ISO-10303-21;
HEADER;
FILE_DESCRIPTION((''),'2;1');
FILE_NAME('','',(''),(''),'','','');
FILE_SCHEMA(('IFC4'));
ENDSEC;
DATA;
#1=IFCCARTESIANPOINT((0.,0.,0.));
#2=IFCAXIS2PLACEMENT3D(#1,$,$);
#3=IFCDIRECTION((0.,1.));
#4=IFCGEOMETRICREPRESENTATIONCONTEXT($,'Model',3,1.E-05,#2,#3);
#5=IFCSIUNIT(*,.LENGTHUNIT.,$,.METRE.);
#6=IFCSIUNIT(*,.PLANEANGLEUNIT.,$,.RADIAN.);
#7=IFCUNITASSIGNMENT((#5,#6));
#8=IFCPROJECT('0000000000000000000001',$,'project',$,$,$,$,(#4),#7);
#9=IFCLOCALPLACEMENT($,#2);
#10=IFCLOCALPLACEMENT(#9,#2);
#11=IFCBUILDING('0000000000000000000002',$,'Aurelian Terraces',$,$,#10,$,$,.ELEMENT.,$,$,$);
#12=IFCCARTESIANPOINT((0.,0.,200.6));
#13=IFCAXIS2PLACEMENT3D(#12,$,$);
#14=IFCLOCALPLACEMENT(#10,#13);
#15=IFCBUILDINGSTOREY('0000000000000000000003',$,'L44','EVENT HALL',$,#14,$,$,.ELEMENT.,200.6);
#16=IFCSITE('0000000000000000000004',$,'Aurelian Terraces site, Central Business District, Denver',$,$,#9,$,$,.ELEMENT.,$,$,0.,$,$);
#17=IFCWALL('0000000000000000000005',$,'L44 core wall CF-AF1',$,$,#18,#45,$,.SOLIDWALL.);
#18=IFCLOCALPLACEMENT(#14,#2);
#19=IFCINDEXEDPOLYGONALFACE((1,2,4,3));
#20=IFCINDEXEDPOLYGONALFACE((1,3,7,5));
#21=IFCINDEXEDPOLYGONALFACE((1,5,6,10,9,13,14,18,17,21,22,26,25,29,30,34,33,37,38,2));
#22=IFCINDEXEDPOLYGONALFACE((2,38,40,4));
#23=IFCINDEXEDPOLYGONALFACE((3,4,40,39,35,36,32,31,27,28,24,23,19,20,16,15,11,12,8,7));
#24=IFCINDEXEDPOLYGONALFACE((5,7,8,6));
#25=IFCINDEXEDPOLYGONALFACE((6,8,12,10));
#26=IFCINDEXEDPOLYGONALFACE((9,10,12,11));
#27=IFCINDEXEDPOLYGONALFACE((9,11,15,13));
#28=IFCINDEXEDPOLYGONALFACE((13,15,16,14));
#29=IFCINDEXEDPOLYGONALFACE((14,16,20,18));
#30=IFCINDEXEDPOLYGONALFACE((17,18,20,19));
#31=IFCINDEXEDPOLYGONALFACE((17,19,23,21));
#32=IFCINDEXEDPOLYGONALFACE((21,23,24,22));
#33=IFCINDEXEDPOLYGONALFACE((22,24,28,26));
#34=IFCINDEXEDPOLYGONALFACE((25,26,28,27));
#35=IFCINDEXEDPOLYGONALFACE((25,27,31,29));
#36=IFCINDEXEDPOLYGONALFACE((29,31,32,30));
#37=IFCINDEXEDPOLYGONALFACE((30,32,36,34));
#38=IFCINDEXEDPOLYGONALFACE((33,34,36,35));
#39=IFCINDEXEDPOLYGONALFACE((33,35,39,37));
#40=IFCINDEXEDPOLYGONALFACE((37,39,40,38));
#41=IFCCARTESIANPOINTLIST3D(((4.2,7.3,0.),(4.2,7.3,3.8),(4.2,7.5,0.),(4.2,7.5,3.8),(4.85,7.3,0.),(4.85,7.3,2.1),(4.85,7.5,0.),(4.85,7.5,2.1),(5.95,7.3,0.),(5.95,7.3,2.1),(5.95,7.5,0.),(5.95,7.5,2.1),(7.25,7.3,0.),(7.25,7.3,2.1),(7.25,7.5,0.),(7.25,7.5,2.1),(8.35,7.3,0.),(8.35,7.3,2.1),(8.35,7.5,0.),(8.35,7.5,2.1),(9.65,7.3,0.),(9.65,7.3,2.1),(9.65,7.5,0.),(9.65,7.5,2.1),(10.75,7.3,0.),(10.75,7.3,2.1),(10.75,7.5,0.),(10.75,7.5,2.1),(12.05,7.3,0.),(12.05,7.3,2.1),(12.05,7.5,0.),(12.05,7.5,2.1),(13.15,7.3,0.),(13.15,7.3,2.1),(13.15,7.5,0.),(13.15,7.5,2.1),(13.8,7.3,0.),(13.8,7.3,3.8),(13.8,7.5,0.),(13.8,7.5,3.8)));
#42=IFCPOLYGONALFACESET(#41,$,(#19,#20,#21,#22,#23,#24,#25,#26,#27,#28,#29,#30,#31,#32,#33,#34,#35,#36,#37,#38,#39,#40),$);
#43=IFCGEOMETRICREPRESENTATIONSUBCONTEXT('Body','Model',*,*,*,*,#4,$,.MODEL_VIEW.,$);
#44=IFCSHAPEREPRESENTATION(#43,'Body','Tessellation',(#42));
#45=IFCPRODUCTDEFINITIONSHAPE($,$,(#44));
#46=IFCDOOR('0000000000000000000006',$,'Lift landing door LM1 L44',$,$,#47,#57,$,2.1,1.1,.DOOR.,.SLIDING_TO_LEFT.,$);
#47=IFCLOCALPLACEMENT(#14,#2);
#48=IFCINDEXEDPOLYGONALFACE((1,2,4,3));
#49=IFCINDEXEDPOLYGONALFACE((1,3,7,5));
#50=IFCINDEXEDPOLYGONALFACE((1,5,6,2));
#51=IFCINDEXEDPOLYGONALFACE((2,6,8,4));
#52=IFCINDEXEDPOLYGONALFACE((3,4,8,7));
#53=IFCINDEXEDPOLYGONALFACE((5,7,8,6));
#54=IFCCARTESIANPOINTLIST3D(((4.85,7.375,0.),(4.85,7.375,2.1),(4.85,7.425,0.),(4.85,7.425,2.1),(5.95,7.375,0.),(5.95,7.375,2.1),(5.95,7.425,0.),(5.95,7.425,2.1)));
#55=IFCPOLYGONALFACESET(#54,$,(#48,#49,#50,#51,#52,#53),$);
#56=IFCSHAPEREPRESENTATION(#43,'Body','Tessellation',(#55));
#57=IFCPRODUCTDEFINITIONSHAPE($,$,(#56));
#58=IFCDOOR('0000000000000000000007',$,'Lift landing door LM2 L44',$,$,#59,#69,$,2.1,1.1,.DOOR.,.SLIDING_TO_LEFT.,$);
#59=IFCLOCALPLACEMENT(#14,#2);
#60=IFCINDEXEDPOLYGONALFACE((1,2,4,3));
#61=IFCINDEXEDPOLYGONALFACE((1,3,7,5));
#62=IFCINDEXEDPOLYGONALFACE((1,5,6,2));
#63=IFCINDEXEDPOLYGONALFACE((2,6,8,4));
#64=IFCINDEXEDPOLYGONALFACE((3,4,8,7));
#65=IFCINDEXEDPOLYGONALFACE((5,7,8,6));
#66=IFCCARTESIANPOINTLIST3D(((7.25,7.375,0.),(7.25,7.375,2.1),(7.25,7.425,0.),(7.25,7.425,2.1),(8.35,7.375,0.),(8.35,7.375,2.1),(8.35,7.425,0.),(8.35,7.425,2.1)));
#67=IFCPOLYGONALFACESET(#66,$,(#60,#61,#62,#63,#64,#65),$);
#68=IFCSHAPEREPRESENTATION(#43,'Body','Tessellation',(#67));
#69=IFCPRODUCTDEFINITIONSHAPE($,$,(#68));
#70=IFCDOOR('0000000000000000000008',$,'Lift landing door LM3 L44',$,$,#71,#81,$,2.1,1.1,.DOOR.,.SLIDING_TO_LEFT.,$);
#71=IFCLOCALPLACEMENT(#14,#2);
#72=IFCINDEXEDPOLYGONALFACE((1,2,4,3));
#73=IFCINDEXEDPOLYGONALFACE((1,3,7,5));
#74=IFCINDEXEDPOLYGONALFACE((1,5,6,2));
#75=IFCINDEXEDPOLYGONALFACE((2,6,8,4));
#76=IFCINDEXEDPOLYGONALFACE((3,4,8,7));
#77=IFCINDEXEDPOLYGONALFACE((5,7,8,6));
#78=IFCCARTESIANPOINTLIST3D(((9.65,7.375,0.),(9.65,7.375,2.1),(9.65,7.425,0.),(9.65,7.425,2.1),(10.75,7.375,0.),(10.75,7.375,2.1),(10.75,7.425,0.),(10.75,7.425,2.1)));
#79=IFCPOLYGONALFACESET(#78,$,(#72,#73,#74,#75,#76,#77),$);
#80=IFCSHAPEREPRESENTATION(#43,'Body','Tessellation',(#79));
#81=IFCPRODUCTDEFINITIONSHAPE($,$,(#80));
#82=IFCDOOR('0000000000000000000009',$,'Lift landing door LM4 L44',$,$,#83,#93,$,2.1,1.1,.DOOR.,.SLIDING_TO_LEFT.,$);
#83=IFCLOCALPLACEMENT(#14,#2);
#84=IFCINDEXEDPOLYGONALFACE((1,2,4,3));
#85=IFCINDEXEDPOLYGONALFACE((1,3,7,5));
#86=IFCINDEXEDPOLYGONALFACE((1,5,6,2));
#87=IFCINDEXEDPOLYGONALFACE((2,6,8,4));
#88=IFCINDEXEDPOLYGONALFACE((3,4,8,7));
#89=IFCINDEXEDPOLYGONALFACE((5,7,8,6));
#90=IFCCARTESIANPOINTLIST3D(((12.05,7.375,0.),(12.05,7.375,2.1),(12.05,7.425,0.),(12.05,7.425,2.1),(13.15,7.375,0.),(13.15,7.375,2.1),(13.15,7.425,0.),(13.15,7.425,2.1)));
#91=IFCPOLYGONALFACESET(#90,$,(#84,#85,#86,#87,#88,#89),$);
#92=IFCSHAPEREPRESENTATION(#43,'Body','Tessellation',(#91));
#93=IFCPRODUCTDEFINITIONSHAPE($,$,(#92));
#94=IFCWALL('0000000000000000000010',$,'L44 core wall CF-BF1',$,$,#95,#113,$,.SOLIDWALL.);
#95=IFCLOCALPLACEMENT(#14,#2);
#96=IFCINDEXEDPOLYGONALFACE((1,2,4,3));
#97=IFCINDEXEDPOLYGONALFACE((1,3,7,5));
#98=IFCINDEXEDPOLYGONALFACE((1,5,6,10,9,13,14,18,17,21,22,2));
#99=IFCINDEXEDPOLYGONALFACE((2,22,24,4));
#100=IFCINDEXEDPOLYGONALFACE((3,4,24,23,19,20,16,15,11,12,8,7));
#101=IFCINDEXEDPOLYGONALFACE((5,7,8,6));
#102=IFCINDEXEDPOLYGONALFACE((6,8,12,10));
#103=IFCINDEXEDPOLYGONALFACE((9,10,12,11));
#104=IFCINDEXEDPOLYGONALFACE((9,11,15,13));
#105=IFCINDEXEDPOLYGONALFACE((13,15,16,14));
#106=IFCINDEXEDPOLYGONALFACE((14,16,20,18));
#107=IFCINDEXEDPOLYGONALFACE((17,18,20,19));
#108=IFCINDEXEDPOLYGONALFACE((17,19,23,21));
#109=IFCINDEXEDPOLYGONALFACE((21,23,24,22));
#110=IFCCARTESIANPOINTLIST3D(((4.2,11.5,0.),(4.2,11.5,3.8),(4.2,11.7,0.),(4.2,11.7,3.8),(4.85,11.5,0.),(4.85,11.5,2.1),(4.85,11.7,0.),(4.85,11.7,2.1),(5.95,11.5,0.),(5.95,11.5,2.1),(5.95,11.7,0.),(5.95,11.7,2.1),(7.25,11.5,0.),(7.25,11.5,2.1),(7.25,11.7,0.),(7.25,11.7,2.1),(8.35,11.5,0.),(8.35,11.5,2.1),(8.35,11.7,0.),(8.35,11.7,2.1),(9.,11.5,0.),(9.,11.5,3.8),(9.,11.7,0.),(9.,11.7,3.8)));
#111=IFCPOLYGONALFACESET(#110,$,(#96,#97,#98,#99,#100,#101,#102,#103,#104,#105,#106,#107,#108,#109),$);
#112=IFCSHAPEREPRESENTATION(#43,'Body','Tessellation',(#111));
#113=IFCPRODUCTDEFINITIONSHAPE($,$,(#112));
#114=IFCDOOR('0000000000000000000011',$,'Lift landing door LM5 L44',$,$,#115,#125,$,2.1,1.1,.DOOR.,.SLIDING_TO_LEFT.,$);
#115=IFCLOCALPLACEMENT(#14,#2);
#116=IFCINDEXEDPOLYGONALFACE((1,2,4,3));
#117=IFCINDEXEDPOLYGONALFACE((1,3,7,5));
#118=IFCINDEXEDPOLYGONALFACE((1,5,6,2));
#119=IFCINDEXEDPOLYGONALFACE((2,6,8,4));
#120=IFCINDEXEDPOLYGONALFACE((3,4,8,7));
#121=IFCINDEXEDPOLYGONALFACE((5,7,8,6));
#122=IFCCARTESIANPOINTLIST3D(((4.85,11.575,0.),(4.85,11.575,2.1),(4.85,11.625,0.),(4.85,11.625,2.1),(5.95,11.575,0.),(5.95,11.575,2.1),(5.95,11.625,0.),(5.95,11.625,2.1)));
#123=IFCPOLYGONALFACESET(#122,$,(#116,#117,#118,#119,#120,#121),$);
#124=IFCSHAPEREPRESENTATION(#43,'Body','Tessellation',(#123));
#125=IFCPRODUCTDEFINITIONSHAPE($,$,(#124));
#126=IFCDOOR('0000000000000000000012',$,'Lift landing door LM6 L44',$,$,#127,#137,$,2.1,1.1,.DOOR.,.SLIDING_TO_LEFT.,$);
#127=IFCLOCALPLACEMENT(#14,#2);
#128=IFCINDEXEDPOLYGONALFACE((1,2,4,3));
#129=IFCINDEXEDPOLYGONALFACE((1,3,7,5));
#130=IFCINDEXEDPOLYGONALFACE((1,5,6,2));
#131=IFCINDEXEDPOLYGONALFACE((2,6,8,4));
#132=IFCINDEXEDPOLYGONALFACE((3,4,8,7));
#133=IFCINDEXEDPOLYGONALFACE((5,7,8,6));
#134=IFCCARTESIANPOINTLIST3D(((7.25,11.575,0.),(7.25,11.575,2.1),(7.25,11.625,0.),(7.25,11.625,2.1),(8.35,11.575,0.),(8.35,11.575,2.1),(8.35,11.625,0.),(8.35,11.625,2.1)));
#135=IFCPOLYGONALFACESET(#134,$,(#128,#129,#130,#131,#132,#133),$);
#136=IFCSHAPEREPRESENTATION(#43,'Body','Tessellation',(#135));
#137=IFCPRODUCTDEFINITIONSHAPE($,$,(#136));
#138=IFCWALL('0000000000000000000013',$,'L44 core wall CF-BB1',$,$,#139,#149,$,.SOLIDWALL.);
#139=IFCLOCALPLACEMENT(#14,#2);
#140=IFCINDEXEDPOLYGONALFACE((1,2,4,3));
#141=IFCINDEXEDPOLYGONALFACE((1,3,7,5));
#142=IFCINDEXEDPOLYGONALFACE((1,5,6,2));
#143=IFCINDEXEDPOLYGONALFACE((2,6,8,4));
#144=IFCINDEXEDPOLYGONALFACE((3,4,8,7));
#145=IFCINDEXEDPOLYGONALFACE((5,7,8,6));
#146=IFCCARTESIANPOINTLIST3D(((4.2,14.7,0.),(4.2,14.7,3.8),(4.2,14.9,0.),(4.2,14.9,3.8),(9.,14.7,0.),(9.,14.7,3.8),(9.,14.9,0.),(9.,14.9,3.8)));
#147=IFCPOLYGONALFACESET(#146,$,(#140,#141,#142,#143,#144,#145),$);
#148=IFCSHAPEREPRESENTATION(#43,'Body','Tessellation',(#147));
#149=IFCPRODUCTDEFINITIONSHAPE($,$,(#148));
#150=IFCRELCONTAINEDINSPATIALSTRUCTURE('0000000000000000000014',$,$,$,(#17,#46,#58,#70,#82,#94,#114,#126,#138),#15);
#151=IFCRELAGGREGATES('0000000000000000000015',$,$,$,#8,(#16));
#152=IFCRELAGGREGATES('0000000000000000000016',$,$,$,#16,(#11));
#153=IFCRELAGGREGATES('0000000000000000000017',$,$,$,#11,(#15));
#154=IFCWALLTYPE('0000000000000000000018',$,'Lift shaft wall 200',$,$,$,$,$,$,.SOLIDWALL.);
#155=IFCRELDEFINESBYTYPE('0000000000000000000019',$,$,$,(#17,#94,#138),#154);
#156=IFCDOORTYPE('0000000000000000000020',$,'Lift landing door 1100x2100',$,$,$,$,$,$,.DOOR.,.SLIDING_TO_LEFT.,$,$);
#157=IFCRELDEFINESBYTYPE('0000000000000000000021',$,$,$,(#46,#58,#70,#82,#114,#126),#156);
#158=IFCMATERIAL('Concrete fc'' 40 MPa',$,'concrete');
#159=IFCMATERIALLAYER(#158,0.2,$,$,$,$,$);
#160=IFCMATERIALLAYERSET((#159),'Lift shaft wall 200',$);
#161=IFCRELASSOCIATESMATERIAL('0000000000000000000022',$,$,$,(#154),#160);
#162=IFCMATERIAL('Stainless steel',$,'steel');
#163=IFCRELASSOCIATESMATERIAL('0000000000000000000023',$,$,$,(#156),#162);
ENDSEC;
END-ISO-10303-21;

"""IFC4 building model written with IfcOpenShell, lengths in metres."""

from ifc_helpers import new_model, si_unit, direction, frame, frame_2d, origin, place, context, subcontext, project, spatial, rectangle, extrude, source, transform, mapped, material, layer, layer_set, type_object, element, fill, save


model = new_model("IFC4")

# Units and contexts
model_context = context("Model", 3, precision=1e-05, world=origin(), true_north=direction((0.0, 1.0)))
body_context = subcontext(model_context, "Body", "Model", "MODEL_VIEW")
ifc_project = project(units=[si_unit("LENGTHUNIT", "METRE"), si_unit("PLANEANGLEUNIT", "RADIAN")], contexts=[model_context])

# Site, building, storey
site_placement = place(None, origin())
site = spatial("IfcSite", under=ifc_project, at=site_placement, Name="Aurelian Terraces site, Central Business District, Denver", CompositionType="ELEMENT", RefElevation=0.0)
building_placement = place(site_placement, origin())
building = spatial("IfcBuilding", under=site, at=building_placement, Name="Aurelian Terraces", CompositionType="ELEMENT")
storey_placement = place(building_placement, frame((0.0, 0.0, 200.6)))
storey = spatial("IfcBuildingStorey", under=building, at=storey_placement, Name="L44", Description="EVENT HALL", CompositionType="ELEMENT", Elevation=200.6)

# Shared definitions
ifc_material_1 = material(Name="Concrete fc' 40 MPa", Category="concrete")
ifc_layer_1 = layer(ifc_material_1, 0.2)
ifc_layer_set_1 = layer_set([ifc_layer_1], Name="Lift shaft wall 200")
wall_type_1 = type_object("IfcWallType", Name="Lift shaft wall 200", PredefinedType="SOLIDWALL", material=ifc_layer_set_1)

# Walls, openings, doors
shared_shape_1 = source(origin(), body_context, "Body", "SweptSolid", [
    extrude(rectangle(XDim=9.6, YDim=0.2, at=frame_2d((4.8, 0.0))), origin(), (0.0, 0.0, 1.0), 3.8),
])
wall_1_placement = place(storey_placement, frame((4.2, 7.4, 0.0), z_axis=(0.0, 0.0, 1.0), x_axis=(1.0, 0.0, 0.0)))
wall_1 = element("IfcWall", 1, at=wall_1_placement, inside=storey, type_object=wall_type_1, Name="L44 core wall CF-AF1", PredefinedType="SOLIDWALL", context=body_context, shape_type="MappedRepresentation", body=[
    mapped(shared_shape_1, transform((0.0, 0.0, 0.0), scale=1.0)),
])
shared_shape_2 = source(origin(), body_context, "Body", "SweptSolid", [
    extrude(rectangle(XDim=1.1, YDim=2.1, at=frame_2d((0.55, 1.05))), frame((0.0, 0.11, 0.0), z_axis=(0.0, -1.0, 0.0), x_axis=(1.0, 0.0, 0.0)), (0.0, 0.0, 1.0), 0.22),
])
opening_1_placement = place(wall_1_placement, frame((0.65, 0.0, 0.0)))
opening_1 = element("IfcOpeningElement", 2, at=opening_1_placement, cuts=wall_1, PredefinedType="OPENING", context=body_context, shape_type="MappedRepresentation", body=[
    mapped(shared_shape_2, transform((0.0, 0.0, 0.0), scale=1.0)),
])
opening_2_placement = place(wall_1_placement, frame((3.05, 0.0, 0.0)))
opening_2 = element("IfcOpeningElement", 3, at=opening_2_placement, cuts=wall_1, PredefinedType="OPENING", context=body_context, shape_type="MappedRepresentation", body=[
    mapped(shared_shape_2, transform((0.0, 0.0, 0.0), scale=1.0)),
])
opening_3_placement = place(wall_1_placement, frame((5.45, 0.0, 0.0)))
opening_3 = element("IfcOpeningElement", 4, at=opening_3_placement, cuts=wall_1, PredefinedType="OPENING", context=body_context, shape_type="MappedRepresentation", body=[
    mapped(shared_shape_2, transform((0.0, 0.0, 0.0), scale=1.0)),
])
opening_4_placement = place(wall_1_placement, frame((7.85, 0.0, 0.0)))
opening_4 = element("IfcOpeningElement", 5, at=opening_4_placement, cuts=wall_1, PredefinedType="OPENING", context=body_context, shape_type="MappedRepresentation", body=[
    mapped(shared_shape_2, transform((0.0, 0.0, 0.0), scale=1.0)),
])
ifc_material_2 = material(Name="Stainless steel", Category="steel")
door_type = type_object("IfcDoorType", Name="Lift landing door 1100x2100", OperationType="SLIDING_TO_LEFT", PredefinedType="DOOR", material=ifc_material_2)
shared_shape_3 = source(origin(), body_context, "Body", "SweptSolid", [
    extrude(rectangle(XDim=1.1, YDim=2.1, at=frame_2d((0.55, 1.05))), frame((0.0, 0.025, 0.0), z_axis=(0.0, -1.0, 0.0), x_axis=(1.0, 0.0, 0.0)), (0.0, 0.0, 1.0), 0.05),
])
door_1_placement = place(opening_1_placement, origin())
door_1 = element("IfcDoor", 6, at=door_1_placement, inside=storey, type_object=door_type, Name="Lift landing door LM1 L44", OperationType="SLIDING_TO_LEFT", OverallHeight=2.1, OverallWidth=1.1, PredefinedType="DOOR", context=body_context, shape_type="MappedRepresentation", body=[
    mapped(shared_shape_3, transform((0.0, 0.0, 0.0), scale=1.0)),
])
fill(opening_1, door_1)
door_2_placement = place(opening_2_placement, origin())
door_2 = element("IfcDoor", 7, at=door_2_placement, inside=storey, type_object=door_type, Name="Lift landing door LM2 L44", OperationType="SLIDING_TO_LEFT", OverallHeight=2.1, OverallWidth=1.1, PredefinedType="DOOR", context=body_context, shape_type="MappedRepresentation", body=[
    mapped(shared_shape_3, transform((0.0, 0.0, 0.0), scale=1.0)),
])
fill(opening_2, door_2)
door_3_placement = place(opening_3_placement, origin())
door_3 = element("IfcDoor", 8, at=door_3_placement, inside=storey, type_object=door_type, Name="Lift landing door LM3 L44", OperationType="SLIDING_TO_LEFT", OverallHeight=2.1, OverallWidth=1.1, PredefinedType="DOOR", context=body_context, shape_type="MappedRepresentation", body=[
    mapped(shared_shape_3, transform((0.0, 0.0, 0.0), scale=1.0)),
])
fill(opening_3, door_3)
door_4_placement = place(opening_4_placement, origin())
door_4 = element("IfcDoor", 9, at=door_4_placement, inside=storey, type_object=door_type, Name="Lift landing door LM4 L44", OperationType="SLIDING_TO_LEFT", OverallHeight=2.1, OverallWidth=1.1, PredefinedType="DOOR", context=body_context, shape_type="MappedRepresentation", body=[
    mapped(shared_shape_3, transform((0.0, 0.0, 0.0), scale=1.0)),
])
fill(opening_4, door_4)
shared_shape_4 = source(origin(), body_context, "Body", "SweptSolid", [
    extrude(rectangle(XDim=4.8, YDim=0.2, at=frame_2d((2.4, 0.0))), origin(), (0.0, 0.0, 1.0), 3.8),
])
wall_2_placement = place(storey_placement, frame((4.2, 11.6, 0.0), z_axis=(0.0, 0.0, 1.0), x_axis=(1.0, 0.0, 0.0)))
wall_2 = element("IfcWall", 10, at=wall_2_placement, inside=storey, type_object=wall_type_1, Name="L44 core wall CF-BF1", PredefinedType="SOLIDWALL", context=body_context, shape_type="MappedRepresentation", body=[
    mapped(shared_shape_4, transform((0.0, 0.0, 0.0), scale=1.0)),
])
opening_5_placement = place(wall_2_placement, frame((0.65, 0.0, 0.0)))
opening_5 = element("IfcOpeningElement", 11, at=opening_5_placement, cuts=wall_2, PredefinedType="OPENING", context=body_context, shape_type="MappedRepresentation", body=[
    mapped(shared_shape_2, transform((0.0, 0.0, 0.0), scale=1.0)),
])
opening_6_placement = place(wall_2_placement, frame((3.05, 0.0, 0.0)))
opening_6 = element("IfcOpeningElement", 12, at=opening_6_placement, cuts=wall_2, PredefinedType="OPENING", context=body_context, shape_type="MappedRepresentation", body=[
    mapped(shared_shape_2, transform((0.0, 0.0, 0.0), scale=1.0)),
])
door_5_placement = place(opening_5_placement, origin())
door_5 = element("IfcDoor", 13, at=door_5_placement, inside=storey, type_object=door_type, Name="Lift landing door LM5 L44", OperationType="SLIDING_TO_LEFT", OverallHeight=2.1, OverallWidth=1.1, PredefinedType="DOOR", context=body_context, shape_type="MappedRepresentation", body=[
    mapped(shared_shape_3, transform((0.0, 0.0, 0.0), scale=1.0)),
])
fill(opening_5, door_5)
door_6_placement = place(opening_6_placement, origin())
door_6 = element("IfcDoor", 14, at=door_6_placement, inside=storey, type_object=door_type, Name="Lift landing door LM6 L44", OperationType="SLIDING_TO_LEFT", OverallHeight=2.1, OverallWidth=1.1, PredefinedType="DOOR", context=body_context, shape_type="MappedRepresentation", body=[
    mapped(shared_shape_3, transform((0.0, 0.0, 0.0), scale=1.0)),
])
fill(opening_6, door_6)

# Wall
wall_3_placement = place(storey_placement, frame((4.2, 14.8, 0.0), z_axis=(0.0, 0.0, 1.0), x_axis=(1.0, 0.0, 0.0)))
element("IfcWall", 15, at=wall_3_placement, inside=storey, type_object=wall_type_1, Name="L44 core wall CF-BB1", PredefinedType="SOLIDWALL", context=body_context, shape_type="MappedRepresentation", body=[
    mapped(shared_shape_4, transform((0.0, 0.0, 0.0), scale=1.0)),
])

save(model, "model.ifc")
